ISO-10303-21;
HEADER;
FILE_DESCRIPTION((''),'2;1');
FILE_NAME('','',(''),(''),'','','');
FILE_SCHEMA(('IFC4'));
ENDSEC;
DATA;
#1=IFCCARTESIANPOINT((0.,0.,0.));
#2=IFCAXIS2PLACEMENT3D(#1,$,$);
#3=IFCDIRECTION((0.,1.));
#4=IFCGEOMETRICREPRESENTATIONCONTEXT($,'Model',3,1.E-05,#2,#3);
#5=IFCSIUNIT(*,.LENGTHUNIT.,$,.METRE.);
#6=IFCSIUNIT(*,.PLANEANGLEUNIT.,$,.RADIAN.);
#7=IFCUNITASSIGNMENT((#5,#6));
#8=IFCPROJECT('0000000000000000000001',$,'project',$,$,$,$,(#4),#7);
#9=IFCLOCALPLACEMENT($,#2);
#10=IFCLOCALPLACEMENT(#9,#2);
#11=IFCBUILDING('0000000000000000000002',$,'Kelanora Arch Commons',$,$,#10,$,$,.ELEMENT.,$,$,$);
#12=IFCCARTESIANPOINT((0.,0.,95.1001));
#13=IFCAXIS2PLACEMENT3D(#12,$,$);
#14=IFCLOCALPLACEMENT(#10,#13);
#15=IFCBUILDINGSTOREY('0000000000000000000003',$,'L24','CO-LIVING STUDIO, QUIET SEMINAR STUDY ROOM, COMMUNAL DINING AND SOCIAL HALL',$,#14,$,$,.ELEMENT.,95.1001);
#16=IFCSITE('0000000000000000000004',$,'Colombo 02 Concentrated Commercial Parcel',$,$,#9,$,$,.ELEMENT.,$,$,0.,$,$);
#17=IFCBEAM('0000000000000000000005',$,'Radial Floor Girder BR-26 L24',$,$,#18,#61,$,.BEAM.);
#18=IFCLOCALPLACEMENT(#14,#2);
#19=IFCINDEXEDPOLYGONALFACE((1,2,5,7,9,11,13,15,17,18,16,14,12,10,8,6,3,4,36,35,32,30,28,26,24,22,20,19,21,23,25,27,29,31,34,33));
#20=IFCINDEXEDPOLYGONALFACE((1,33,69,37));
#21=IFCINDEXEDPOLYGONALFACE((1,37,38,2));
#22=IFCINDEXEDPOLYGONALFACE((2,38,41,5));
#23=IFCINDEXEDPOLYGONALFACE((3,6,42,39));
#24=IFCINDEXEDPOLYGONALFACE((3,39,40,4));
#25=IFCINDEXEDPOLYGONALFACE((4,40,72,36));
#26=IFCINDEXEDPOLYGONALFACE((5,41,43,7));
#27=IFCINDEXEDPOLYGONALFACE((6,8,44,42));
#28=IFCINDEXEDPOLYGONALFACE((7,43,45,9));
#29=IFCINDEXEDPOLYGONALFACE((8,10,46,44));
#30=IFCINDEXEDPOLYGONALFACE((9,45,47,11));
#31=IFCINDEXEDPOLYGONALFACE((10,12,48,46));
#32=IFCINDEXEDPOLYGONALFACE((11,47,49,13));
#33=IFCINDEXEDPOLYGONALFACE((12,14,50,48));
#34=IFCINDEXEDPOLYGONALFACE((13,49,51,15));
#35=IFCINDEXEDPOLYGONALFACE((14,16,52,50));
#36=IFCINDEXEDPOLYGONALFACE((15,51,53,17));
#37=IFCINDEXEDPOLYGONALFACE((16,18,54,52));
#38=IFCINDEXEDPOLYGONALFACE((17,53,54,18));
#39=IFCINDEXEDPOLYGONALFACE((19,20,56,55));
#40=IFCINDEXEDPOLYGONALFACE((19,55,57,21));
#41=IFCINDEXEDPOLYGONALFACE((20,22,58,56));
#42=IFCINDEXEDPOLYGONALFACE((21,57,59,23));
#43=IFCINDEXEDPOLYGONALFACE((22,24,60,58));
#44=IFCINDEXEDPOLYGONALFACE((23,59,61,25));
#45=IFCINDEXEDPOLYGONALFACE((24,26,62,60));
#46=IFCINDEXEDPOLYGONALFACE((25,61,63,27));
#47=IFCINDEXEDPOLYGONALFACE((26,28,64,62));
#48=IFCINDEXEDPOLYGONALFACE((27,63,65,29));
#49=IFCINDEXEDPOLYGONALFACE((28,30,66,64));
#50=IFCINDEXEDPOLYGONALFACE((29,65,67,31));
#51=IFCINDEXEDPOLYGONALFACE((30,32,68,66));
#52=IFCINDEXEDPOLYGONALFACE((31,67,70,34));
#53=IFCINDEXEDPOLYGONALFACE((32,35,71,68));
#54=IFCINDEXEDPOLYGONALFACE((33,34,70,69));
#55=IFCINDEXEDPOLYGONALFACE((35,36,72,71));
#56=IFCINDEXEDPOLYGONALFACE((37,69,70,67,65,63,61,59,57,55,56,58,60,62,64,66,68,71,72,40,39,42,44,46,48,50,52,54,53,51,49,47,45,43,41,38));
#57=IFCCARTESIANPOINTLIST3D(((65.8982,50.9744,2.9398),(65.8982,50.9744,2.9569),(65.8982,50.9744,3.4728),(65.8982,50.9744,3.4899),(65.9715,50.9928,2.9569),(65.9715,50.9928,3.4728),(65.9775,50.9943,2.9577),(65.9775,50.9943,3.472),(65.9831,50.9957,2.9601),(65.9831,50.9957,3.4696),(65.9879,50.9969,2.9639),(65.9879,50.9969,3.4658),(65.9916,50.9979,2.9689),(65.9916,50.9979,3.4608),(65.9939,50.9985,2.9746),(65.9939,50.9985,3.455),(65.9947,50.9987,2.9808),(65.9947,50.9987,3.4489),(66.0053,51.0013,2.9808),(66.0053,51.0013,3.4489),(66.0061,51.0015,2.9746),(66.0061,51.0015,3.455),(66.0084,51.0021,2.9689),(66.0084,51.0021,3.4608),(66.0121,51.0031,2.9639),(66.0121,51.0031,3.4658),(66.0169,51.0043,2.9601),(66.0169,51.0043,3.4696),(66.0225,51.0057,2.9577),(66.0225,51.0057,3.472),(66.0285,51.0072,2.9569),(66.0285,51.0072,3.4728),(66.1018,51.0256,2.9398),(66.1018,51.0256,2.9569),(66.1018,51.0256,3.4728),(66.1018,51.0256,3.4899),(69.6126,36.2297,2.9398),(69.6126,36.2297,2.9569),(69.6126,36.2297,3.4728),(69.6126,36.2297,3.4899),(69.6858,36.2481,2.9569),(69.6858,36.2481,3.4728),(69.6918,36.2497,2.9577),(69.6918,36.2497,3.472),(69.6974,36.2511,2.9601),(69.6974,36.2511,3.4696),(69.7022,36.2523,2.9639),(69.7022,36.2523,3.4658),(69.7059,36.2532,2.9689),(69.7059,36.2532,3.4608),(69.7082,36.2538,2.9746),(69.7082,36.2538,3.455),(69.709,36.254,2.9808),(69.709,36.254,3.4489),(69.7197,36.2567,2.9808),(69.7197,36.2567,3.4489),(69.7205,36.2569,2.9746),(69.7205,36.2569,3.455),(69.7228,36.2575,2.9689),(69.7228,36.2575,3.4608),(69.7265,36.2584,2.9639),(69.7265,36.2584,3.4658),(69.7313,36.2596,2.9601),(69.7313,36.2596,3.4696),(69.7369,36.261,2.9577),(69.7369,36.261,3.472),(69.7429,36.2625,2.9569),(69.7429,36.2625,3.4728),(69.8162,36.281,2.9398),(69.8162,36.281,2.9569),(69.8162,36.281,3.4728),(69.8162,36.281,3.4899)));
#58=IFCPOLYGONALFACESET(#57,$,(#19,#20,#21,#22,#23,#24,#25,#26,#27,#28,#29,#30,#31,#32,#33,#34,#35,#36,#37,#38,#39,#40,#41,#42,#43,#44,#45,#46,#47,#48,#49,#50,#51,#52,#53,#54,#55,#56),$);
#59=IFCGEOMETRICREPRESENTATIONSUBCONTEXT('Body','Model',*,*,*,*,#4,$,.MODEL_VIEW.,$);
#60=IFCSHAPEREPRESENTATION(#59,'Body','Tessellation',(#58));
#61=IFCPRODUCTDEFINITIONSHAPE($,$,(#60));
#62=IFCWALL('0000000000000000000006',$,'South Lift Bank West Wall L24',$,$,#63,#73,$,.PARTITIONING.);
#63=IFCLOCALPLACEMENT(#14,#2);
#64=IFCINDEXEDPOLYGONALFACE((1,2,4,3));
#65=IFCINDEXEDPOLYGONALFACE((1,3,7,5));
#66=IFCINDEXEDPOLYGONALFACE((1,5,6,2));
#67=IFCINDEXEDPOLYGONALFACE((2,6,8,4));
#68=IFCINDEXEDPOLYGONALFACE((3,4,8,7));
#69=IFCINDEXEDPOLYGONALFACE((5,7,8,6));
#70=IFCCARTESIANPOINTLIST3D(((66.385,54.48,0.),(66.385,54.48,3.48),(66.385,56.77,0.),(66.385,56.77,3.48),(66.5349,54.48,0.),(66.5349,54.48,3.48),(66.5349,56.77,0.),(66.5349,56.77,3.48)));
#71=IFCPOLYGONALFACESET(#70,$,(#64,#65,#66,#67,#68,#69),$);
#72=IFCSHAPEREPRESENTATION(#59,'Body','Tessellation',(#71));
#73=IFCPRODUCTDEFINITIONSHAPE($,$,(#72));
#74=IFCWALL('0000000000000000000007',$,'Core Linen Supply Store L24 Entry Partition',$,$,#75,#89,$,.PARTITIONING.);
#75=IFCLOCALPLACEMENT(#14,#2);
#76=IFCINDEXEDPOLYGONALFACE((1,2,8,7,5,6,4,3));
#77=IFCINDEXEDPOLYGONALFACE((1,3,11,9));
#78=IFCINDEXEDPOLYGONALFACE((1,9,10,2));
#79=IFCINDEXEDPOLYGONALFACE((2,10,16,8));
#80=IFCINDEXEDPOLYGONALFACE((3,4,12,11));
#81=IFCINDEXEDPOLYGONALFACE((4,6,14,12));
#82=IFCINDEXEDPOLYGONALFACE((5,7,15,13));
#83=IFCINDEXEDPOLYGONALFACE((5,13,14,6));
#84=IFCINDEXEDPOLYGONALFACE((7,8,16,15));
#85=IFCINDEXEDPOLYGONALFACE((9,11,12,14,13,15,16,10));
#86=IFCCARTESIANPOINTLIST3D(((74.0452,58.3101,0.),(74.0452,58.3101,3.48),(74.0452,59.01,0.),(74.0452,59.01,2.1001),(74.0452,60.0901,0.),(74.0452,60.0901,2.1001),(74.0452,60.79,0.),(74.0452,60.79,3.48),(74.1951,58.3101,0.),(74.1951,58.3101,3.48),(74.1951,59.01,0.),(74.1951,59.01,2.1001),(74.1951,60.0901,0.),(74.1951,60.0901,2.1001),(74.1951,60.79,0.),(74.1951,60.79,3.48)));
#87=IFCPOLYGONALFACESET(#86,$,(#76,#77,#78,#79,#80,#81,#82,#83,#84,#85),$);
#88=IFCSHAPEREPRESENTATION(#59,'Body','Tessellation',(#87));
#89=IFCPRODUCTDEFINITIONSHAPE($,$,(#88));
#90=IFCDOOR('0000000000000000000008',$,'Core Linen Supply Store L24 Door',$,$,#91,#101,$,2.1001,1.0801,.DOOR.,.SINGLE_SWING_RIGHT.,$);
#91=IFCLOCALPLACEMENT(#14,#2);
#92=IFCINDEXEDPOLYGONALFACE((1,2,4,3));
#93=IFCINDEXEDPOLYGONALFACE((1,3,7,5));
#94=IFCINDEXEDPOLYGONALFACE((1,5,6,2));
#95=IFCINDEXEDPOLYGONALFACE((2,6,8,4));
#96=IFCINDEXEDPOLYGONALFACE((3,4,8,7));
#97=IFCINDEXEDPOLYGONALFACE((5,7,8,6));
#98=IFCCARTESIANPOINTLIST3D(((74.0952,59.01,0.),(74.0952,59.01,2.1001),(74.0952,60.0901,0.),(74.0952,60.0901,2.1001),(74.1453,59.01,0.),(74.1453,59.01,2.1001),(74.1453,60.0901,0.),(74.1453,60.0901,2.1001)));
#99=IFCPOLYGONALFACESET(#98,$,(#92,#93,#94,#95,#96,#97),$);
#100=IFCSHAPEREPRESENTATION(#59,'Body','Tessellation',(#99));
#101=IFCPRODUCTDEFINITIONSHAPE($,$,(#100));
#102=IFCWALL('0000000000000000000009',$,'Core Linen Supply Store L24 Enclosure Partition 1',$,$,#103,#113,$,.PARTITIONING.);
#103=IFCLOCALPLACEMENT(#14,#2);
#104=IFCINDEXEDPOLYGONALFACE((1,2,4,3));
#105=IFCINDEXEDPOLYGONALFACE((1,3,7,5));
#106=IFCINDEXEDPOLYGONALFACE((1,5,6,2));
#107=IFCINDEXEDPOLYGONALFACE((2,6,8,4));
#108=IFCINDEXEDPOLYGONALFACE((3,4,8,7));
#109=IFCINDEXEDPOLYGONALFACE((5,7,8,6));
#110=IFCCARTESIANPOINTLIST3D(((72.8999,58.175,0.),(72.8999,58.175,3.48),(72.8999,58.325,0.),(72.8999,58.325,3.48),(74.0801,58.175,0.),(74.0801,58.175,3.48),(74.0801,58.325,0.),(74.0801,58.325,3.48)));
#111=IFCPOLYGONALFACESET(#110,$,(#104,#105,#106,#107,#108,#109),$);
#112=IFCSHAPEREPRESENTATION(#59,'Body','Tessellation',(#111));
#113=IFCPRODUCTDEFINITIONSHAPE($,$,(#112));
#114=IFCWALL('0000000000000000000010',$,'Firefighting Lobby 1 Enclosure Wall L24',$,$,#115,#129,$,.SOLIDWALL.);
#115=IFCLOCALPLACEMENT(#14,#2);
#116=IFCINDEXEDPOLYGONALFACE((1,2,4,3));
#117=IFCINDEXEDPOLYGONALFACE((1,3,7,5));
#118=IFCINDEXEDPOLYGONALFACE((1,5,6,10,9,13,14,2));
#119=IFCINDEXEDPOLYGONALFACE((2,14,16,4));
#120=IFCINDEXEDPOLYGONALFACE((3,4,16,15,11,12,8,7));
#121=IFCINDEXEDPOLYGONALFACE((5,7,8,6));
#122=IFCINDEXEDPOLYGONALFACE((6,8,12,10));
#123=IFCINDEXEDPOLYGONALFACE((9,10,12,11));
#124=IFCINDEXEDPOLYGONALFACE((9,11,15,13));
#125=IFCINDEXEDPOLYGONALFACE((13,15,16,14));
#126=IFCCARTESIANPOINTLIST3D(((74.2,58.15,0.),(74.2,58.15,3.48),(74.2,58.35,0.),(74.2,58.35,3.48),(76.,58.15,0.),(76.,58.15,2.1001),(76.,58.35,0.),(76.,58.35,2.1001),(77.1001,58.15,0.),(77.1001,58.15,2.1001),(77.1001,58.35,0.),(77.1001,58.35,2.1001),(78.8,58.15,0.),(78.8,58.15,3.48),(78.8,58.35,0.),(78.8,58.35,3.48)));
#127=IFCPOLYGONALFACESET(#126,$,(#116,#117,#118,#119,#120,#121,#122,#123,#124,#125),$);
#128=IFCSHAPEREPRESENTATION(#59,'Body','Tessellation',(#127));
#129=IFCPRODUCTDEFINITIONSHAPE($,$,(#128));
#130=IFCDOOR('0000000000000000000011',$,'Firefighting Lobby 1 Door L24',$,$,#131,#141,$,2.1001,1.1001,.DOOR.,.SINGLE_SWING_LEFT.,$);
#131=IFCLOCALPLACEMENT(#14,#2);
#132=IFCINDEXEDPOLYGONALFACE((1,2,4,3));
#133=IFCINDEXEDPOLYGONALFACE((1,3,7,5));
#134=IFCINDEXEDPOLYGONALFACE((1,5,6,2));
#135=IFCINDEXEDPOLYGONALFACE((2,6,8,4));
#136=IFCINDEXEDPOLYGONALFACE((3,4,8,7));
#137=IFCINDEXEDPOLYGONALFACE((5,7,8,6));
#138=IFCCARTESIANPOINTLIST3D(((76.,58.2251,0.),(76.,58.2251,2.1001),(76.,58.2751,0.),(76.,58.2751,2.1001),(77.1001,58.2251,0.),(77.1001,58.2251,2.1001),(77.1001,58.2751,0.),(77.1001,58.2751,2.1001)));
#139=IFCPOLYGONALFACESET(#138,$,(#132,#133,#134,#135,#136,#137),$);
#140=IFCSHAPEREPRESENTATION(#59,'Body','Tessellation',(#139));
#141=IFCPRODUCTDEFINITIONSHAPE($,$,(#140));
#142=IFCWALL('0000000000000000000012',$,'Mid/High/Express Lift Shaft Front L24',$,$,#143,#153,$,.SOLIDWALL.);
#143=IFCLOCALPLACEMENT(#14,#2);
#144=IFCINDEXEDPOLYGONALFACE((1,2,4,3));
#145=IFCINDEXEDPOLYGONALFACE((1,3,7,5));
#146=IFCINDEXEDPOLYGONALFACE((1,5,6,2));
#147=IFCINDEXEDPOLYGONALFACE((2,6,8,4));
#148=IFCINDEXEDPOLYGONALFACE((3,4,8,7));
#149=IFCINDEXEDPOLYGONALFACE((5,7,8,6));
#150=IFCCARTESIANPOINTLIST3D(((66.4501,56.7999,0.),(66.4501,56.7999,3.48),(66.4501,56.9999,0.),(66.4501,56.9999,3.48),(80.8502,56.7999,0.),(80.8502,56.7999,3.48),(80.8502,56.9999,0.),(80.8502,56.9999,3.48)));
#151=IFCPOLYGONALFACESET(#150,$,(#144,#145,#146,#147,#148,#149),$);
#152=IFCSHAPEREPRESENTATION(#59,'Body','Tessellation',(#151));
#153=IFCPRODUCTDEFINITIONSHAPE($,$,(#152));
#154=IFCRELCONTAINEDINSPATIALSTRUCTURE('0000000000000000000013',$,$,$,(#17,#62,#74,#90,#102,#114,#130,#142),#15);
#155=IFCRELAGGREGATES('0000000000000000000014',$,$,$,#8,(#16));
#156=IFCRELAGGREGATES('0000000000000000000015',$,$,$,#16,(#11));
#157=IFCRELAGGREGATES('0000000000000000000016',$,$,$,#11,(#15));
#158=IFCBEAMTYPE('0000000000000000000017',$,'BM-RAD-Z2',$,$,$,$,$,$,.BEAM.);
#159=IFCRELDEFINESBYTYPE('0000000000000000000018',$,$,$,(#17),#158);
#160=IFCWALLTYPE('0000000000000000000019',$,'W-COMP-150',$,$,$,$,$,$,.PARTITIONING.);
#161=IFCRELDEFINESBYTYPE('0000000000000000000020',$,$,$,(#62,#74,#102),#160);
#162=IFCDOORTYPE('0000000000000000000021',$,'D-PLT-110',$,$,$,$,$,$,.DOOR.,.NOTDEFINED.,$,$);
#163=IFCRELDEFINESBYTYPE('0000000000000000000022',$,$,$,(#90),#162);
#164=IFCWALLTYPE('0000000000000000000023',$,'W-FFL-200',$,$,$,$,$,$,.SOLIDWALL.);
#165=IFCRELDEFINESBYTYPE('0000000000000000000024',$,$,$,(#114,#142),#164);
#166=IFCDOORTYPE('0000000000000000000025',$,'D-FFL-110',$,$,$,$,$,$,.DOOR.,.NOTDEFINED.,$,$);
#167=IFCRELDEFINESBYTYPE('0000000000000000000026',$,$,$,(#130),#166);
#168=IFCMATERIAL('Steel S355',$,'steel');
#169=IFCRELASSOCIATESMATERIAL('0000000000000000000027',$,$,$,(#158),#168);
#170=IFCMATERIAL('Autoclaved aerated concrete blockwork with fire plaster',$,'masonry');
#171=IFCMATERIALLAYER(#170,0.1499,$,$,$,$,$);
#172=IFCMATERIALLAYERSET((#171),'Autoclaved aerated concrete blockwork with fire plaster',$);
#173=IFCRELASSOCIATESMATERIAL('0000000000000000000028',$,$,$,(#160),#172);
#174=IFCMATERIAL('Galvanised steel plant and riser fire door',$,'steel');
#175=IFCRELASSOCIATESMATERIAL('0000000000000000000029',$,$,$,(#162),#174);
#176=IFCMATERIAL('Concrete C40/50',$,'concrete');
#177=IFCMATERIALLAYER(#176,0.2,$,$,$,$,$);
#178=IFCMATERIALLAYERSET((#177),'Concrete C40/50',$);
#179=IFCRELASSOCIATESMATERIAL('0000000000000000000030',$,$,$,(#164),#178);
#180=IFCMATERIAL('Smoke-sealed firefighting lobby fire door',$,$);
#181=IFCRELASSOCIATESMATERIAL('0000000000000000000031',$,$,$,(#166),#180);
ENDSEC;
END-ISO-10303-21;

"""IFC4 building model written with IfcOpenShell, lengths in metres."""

from ifc_helpers import new_model, si_unit, direction, frame, frame_2d, origin, origin_2d, place, context, subcontext, project, spatial, rectangle, i_section, extrude, material, layer, layer_set, material_profile, profile_set, type_object, element, fill, save


model = new_model("IFC4")

# Units and contexts
model_context = context("Model", 3, precision=1e-05, world=origin(), true_north=direction((0.0, 1.0)))
body_context = subcontext(model_context, "Body", "Model", "MODEL_VIEW")
ifc_project = project(units=[si_unit("LENGTHUNIT", "METRE"), si_unit("PLANEANGLEUNIT", "RADIAN")], contexts=[model_context])

# Site, building, storey
site_placement = place(None, origin())
site = spatial("IfcSite", under=ifc_project, at=site_placement, Name="Colombo 02 Concentrated Commercial Parcel", CompositionType="ELEMENT", RefElevation=0.0)
building_placement = place(site_placement, origin())
building = spatial("IfcBuilding", under=site, at=building_placement, Name="Kelanora Arch Commons", CompositionType="ELEMENT")
storey_placement = place(building_placement, frame((0.0, 0.0, 95.1001)))
storey = spatial("IfcBuildingStorey", under=building, at=storey_placement, Name="L24", Description="CO-LIVING STUDIO, QUIET SEMINAR STUDY ROOM, COMMUNAL DINING AND SOCIAL HALL", CompositionType="ELEMENT", Elevation=95.1001)

# Beam
ifc_material_1 = material(Name="Steel S355", Category="steel")
ifc_material_profile_1 = material_profile(ifc_material_1, i_section(OverallWidth=0.21, OverallDepth=0.55, WebThickness=0.011, FlangeThickness=0.0171, FilletRadius=0.0239, at=origin_2d()), Name="IPE550")
ifc_profile_set_1 = profile_set([ifc_material_profile_1], Name="Steel S355")
beam_type_1 = type_object("IfcBeamType", Name="BM-RAD-Z2", PredefinedType="BEAM", material=ifc_profile_set_1)
beam_1_placement = place(storey_placement, frame((66.0, 51.0, 3.2148), z_axis=(0.244281, -0.969705, 0.0), x_axis=(0.969705, 0.244281, 0.0)))
element("IfcBeam", 1, at=beam_1_placement, inside=storey, type_object=beam_type_1, Name="Radial Floor Girder BR-26 L24", PredefinedType="BEAM", context=body_context, shape_type="SweptSolid", body=[
    extrude(i_section(OverallWidth=0.21, OverallDepth=0.55, WebThickness=0.011, FlangeThickness=0.0171, FilletRadius=0.0239, at=origin_2d()), origin(), (0.0, 0.0, 1.0), 15.2053),
])

# Wall
ifc_material_2 = material(Name="Autoclaved aerated concrete blockwork with fire plaster", Category="masonry")
ifc_layer_1 = layer(ifc_material_2, 0.1499)
ifc_layer_set_1 = layer_set([ifc_layer_1], Name="Autoclaved aerated concrete blockwork with fire plaster")
wall_type_1 = type_object("IfcWallType", Name="W-COMP-150", PredefinedType="PARTITIONING", material=ifc_layer_set_1)
wall_1_placement = place(storey_placement, frame((66.46, 54.48, 0.0), z_axis=(0.0, 0.0, 1.0), x_axis=(0.0, 1.0, 0.0)))
element("IfcWall", 2, at=wall_1_placement, inside=storey, type_object=wall_type_1, Name="South Lift Bank West Wall L24", PredefinedType="PARTITIONING", context=body_context, shape_type="SweptSolid", body=[
    extrude(rectangle(XDim=2.29, YDim=0.1499, at=frame_2d((1.145, 0.0))), origin(), (0.0, 0.0, 1.0), 3.48),
])

# Wall, opening, door
wall_2_placement = place(storey_placement, frame((74.1201, 58.3101, 0.0), z_axis=(0.0, 0.0, 1.0), x_axis=(0.0, 1.0, 0.0)))
wall_2 = element("IfcWall", 3, at=wall_2_placement, inside=storey, type_object=wall_type_1, Name="Core Linen Supply Store L24 Entry Partition", PredefinedType="PARTITIONING", context=body_context, shape_type="SweptSolid", body=[
    extrude(rectangle(XDim=2.48, YDim=0.1499, at=frame_2d((1.24, 0.0))), origin(), (0.0, 0.0, 1.0), 3.48),
])
opening_1_placement = place(wall_2_placement, frame((0.7, 0.0, 0.0)))
opening_1 = element("IfcOpeningElement", 4, at=opening_1_placement, cuts=wall_2, PredefinedType="OPENING", context=body_context, shape_type="SweptSolid", body=[
    extrude(rectangle(XDim=1.0801, YDim=2.1001, at=frame_2d((0.54, 1.05))), frame((0.0, 0.085, 0.0), z_axis=(0.0, -1.0, 0.0), x_axis=(1.0, 0.0, 0.0)), (0.0, 0.0, 1.0), 0.1699),
])
ifc_material_3 = material(Name="Galvanised steel plant and riser fire door", Category="steel")
door_type_1 = type_object("IfcDoorType", Name="D-PLT-110", OperationType="NOTDEFINED", PredefinedType="DOOR", material=ifc_material_3)
door_1_placement = place(opening_1_placement, origin())
door_1 = element("IfcDoor", 5, at=door_1_placement, inside=storey, type_object=door_type_1, Name="Core Linen Supply Store L24 Door", OperationType="SINGLE_SWING_RIGHT", OverallHeight=2.1001, OverallWidth=1.0801, PredefinedType="DOOR", context=body_context, shape_type="SweptSolid", body=[
    extrude(rectangle(XDim=1.0801, YDim=2.1001, at=frame_2d((0.54, 1.05))), frame((0.0, 0.0249, 0.0), z_axis=(0.0, -1.0, 0.0), x_axis=(1.0, 0.0, 0.0)), (0.0, 0.0, 1.0), 0.05),
])
fill(opening_1, door_1)

# Wall
wall_3_placement = place(storey_placement, frame((72.8999, 58.25, 0.0), z_axis=(0.0, 0.0, 1.0), x_axis=(1.0, 0.0, 0.0)))
element("IfcWall", 6, at=wall_3_placement, inside=storey, type_object=wall_type_1, Name="Core Linen Supply Store L24 Enclosure Partition 1", PredefinedType="PARTITIONING", context=body_context, shape_type="SweptSolid", body=[
    extrude(rectangle(XDim=1.1802, YDim=0.1499, at=frame_2d((0.5901, 0.0))), origin(), (0.0, 0.0, 1.0), 3.48),
])

# Wall, opening, door
ifc_material_4 = material(Name="Concrete C40/50", Category="concrete")
ifc_layer_2 = layer(ifc_material_4, 0.2)
ifc_layer_set_2 = layer_set([ifc_layer_2], Name="Concrete C40/50")
wall_type_2 = type_object("IfcWallType", Name="W-FFL-200", PredefinedType="SOLIDWALL", material=ifc_layer_set_2)
wall_4_placement = place(storey_placement, frame((74.2, 58.25, 0.0), z_axis=(0.0, 0.0, 1.0), x_axis=(1.0, 0.0, 0.0)))
wall_4 = element("IfcWall", 7, at=wall_4_placement, inside=storey, type_object=wall_type_2, Name="Firefighting Lobby 1 Enclosure Wall L24", PredefinedType="SOLIDWALL", context=body_context, shape_type="SweptSolid", body=[
    extrude(rectangle(XDim=4.6001, YDim=0.2, at=frame_2d((2.3, 0.0))), origin(), (0.0, 0.0, 1.0), 3.48),
])
opening_2_placement = place(wall_4_placement, frame((1.8, 0.0, 0.0)))
opening_2 = element("IfcOpeningElement", 8, at=opening_2_placement, cuts=wall_4, PredefinedType="OPENING", context=body_context, shape_type="SweptSolid", body=[
    extrude(rectangle(XDim=1.1001, YDim=2.1001, at=frame_2d((0.55, 1.05))), frame((0.0, 0.1099, 0.0), z_axis=(0.0, -1.0, 0.0), x_axis=(1.0, 0.0, 0.0)), (0.0, 0.0, 1.0), 0.22),
])
ifc_material_5 = material(Name="Smoke-sealed firefighting lobby fire door")
door_type_2 = type_object("IfcDoorType", Name="D-FFL-110", OperationType="NOTDEFINED", PredefinedType="DOOR", material=ifc_material_5)
door_2_placement = place(opening_2_placement, frame((1.1001, 0.0, 0.0), z_axis=(0.0, 0.0, 1.0), x_axis=(-1.0, 0.0, 0.0)))
door_2 = element("IfcDoor", 9, at=door_2_placement, inside=storey, type_object=door_type_2, Name="Firefighting Lobby 1 Door L24", OperationType="SINGLE_SWING_LEFT", OverallHeight=2.1001, OverallWidth=1.1001, PredefinedType="DOOR", context=body_context, shape_type="SweptSolid", body=[
    extrude(rectangle(XDim=1.1001, YDim=2.1001, at=frame_2d((0.55, 1.05))), frame((0.0, 0.0249, 0.0), z_axis=(0.0, -1.0, 0.0), x_axis=(1.0, 0.0, 0.0)), (0.0, 0.0, 1.0), 0.05),
])
fill(opening_2, door_2)

# Wall
wall_5_placement = place(storey_placement, frame((66.45, 56.8999, 0.0), z_axis=(0.0, 0.0, 1.0), x_axis=(1.0, 0.0, 0.0)))
element("IfcWall", 10, at=wall_5_placement, inside=storey, type_object=wall_type_2, Name="Mid/High/Express Lift Shaft Front L24", PredefinedType="SOLIDWALL", context=body_context, shape_type="SweptSolid", body=[
    extrude(rectangle(XDim=14.4001, YDim=0.2, at=frame_2d((7.2002, 0.0))), origin(), (0.0, 0.0, 1.0), 3.48),
])

save(model, "model.ifc")
